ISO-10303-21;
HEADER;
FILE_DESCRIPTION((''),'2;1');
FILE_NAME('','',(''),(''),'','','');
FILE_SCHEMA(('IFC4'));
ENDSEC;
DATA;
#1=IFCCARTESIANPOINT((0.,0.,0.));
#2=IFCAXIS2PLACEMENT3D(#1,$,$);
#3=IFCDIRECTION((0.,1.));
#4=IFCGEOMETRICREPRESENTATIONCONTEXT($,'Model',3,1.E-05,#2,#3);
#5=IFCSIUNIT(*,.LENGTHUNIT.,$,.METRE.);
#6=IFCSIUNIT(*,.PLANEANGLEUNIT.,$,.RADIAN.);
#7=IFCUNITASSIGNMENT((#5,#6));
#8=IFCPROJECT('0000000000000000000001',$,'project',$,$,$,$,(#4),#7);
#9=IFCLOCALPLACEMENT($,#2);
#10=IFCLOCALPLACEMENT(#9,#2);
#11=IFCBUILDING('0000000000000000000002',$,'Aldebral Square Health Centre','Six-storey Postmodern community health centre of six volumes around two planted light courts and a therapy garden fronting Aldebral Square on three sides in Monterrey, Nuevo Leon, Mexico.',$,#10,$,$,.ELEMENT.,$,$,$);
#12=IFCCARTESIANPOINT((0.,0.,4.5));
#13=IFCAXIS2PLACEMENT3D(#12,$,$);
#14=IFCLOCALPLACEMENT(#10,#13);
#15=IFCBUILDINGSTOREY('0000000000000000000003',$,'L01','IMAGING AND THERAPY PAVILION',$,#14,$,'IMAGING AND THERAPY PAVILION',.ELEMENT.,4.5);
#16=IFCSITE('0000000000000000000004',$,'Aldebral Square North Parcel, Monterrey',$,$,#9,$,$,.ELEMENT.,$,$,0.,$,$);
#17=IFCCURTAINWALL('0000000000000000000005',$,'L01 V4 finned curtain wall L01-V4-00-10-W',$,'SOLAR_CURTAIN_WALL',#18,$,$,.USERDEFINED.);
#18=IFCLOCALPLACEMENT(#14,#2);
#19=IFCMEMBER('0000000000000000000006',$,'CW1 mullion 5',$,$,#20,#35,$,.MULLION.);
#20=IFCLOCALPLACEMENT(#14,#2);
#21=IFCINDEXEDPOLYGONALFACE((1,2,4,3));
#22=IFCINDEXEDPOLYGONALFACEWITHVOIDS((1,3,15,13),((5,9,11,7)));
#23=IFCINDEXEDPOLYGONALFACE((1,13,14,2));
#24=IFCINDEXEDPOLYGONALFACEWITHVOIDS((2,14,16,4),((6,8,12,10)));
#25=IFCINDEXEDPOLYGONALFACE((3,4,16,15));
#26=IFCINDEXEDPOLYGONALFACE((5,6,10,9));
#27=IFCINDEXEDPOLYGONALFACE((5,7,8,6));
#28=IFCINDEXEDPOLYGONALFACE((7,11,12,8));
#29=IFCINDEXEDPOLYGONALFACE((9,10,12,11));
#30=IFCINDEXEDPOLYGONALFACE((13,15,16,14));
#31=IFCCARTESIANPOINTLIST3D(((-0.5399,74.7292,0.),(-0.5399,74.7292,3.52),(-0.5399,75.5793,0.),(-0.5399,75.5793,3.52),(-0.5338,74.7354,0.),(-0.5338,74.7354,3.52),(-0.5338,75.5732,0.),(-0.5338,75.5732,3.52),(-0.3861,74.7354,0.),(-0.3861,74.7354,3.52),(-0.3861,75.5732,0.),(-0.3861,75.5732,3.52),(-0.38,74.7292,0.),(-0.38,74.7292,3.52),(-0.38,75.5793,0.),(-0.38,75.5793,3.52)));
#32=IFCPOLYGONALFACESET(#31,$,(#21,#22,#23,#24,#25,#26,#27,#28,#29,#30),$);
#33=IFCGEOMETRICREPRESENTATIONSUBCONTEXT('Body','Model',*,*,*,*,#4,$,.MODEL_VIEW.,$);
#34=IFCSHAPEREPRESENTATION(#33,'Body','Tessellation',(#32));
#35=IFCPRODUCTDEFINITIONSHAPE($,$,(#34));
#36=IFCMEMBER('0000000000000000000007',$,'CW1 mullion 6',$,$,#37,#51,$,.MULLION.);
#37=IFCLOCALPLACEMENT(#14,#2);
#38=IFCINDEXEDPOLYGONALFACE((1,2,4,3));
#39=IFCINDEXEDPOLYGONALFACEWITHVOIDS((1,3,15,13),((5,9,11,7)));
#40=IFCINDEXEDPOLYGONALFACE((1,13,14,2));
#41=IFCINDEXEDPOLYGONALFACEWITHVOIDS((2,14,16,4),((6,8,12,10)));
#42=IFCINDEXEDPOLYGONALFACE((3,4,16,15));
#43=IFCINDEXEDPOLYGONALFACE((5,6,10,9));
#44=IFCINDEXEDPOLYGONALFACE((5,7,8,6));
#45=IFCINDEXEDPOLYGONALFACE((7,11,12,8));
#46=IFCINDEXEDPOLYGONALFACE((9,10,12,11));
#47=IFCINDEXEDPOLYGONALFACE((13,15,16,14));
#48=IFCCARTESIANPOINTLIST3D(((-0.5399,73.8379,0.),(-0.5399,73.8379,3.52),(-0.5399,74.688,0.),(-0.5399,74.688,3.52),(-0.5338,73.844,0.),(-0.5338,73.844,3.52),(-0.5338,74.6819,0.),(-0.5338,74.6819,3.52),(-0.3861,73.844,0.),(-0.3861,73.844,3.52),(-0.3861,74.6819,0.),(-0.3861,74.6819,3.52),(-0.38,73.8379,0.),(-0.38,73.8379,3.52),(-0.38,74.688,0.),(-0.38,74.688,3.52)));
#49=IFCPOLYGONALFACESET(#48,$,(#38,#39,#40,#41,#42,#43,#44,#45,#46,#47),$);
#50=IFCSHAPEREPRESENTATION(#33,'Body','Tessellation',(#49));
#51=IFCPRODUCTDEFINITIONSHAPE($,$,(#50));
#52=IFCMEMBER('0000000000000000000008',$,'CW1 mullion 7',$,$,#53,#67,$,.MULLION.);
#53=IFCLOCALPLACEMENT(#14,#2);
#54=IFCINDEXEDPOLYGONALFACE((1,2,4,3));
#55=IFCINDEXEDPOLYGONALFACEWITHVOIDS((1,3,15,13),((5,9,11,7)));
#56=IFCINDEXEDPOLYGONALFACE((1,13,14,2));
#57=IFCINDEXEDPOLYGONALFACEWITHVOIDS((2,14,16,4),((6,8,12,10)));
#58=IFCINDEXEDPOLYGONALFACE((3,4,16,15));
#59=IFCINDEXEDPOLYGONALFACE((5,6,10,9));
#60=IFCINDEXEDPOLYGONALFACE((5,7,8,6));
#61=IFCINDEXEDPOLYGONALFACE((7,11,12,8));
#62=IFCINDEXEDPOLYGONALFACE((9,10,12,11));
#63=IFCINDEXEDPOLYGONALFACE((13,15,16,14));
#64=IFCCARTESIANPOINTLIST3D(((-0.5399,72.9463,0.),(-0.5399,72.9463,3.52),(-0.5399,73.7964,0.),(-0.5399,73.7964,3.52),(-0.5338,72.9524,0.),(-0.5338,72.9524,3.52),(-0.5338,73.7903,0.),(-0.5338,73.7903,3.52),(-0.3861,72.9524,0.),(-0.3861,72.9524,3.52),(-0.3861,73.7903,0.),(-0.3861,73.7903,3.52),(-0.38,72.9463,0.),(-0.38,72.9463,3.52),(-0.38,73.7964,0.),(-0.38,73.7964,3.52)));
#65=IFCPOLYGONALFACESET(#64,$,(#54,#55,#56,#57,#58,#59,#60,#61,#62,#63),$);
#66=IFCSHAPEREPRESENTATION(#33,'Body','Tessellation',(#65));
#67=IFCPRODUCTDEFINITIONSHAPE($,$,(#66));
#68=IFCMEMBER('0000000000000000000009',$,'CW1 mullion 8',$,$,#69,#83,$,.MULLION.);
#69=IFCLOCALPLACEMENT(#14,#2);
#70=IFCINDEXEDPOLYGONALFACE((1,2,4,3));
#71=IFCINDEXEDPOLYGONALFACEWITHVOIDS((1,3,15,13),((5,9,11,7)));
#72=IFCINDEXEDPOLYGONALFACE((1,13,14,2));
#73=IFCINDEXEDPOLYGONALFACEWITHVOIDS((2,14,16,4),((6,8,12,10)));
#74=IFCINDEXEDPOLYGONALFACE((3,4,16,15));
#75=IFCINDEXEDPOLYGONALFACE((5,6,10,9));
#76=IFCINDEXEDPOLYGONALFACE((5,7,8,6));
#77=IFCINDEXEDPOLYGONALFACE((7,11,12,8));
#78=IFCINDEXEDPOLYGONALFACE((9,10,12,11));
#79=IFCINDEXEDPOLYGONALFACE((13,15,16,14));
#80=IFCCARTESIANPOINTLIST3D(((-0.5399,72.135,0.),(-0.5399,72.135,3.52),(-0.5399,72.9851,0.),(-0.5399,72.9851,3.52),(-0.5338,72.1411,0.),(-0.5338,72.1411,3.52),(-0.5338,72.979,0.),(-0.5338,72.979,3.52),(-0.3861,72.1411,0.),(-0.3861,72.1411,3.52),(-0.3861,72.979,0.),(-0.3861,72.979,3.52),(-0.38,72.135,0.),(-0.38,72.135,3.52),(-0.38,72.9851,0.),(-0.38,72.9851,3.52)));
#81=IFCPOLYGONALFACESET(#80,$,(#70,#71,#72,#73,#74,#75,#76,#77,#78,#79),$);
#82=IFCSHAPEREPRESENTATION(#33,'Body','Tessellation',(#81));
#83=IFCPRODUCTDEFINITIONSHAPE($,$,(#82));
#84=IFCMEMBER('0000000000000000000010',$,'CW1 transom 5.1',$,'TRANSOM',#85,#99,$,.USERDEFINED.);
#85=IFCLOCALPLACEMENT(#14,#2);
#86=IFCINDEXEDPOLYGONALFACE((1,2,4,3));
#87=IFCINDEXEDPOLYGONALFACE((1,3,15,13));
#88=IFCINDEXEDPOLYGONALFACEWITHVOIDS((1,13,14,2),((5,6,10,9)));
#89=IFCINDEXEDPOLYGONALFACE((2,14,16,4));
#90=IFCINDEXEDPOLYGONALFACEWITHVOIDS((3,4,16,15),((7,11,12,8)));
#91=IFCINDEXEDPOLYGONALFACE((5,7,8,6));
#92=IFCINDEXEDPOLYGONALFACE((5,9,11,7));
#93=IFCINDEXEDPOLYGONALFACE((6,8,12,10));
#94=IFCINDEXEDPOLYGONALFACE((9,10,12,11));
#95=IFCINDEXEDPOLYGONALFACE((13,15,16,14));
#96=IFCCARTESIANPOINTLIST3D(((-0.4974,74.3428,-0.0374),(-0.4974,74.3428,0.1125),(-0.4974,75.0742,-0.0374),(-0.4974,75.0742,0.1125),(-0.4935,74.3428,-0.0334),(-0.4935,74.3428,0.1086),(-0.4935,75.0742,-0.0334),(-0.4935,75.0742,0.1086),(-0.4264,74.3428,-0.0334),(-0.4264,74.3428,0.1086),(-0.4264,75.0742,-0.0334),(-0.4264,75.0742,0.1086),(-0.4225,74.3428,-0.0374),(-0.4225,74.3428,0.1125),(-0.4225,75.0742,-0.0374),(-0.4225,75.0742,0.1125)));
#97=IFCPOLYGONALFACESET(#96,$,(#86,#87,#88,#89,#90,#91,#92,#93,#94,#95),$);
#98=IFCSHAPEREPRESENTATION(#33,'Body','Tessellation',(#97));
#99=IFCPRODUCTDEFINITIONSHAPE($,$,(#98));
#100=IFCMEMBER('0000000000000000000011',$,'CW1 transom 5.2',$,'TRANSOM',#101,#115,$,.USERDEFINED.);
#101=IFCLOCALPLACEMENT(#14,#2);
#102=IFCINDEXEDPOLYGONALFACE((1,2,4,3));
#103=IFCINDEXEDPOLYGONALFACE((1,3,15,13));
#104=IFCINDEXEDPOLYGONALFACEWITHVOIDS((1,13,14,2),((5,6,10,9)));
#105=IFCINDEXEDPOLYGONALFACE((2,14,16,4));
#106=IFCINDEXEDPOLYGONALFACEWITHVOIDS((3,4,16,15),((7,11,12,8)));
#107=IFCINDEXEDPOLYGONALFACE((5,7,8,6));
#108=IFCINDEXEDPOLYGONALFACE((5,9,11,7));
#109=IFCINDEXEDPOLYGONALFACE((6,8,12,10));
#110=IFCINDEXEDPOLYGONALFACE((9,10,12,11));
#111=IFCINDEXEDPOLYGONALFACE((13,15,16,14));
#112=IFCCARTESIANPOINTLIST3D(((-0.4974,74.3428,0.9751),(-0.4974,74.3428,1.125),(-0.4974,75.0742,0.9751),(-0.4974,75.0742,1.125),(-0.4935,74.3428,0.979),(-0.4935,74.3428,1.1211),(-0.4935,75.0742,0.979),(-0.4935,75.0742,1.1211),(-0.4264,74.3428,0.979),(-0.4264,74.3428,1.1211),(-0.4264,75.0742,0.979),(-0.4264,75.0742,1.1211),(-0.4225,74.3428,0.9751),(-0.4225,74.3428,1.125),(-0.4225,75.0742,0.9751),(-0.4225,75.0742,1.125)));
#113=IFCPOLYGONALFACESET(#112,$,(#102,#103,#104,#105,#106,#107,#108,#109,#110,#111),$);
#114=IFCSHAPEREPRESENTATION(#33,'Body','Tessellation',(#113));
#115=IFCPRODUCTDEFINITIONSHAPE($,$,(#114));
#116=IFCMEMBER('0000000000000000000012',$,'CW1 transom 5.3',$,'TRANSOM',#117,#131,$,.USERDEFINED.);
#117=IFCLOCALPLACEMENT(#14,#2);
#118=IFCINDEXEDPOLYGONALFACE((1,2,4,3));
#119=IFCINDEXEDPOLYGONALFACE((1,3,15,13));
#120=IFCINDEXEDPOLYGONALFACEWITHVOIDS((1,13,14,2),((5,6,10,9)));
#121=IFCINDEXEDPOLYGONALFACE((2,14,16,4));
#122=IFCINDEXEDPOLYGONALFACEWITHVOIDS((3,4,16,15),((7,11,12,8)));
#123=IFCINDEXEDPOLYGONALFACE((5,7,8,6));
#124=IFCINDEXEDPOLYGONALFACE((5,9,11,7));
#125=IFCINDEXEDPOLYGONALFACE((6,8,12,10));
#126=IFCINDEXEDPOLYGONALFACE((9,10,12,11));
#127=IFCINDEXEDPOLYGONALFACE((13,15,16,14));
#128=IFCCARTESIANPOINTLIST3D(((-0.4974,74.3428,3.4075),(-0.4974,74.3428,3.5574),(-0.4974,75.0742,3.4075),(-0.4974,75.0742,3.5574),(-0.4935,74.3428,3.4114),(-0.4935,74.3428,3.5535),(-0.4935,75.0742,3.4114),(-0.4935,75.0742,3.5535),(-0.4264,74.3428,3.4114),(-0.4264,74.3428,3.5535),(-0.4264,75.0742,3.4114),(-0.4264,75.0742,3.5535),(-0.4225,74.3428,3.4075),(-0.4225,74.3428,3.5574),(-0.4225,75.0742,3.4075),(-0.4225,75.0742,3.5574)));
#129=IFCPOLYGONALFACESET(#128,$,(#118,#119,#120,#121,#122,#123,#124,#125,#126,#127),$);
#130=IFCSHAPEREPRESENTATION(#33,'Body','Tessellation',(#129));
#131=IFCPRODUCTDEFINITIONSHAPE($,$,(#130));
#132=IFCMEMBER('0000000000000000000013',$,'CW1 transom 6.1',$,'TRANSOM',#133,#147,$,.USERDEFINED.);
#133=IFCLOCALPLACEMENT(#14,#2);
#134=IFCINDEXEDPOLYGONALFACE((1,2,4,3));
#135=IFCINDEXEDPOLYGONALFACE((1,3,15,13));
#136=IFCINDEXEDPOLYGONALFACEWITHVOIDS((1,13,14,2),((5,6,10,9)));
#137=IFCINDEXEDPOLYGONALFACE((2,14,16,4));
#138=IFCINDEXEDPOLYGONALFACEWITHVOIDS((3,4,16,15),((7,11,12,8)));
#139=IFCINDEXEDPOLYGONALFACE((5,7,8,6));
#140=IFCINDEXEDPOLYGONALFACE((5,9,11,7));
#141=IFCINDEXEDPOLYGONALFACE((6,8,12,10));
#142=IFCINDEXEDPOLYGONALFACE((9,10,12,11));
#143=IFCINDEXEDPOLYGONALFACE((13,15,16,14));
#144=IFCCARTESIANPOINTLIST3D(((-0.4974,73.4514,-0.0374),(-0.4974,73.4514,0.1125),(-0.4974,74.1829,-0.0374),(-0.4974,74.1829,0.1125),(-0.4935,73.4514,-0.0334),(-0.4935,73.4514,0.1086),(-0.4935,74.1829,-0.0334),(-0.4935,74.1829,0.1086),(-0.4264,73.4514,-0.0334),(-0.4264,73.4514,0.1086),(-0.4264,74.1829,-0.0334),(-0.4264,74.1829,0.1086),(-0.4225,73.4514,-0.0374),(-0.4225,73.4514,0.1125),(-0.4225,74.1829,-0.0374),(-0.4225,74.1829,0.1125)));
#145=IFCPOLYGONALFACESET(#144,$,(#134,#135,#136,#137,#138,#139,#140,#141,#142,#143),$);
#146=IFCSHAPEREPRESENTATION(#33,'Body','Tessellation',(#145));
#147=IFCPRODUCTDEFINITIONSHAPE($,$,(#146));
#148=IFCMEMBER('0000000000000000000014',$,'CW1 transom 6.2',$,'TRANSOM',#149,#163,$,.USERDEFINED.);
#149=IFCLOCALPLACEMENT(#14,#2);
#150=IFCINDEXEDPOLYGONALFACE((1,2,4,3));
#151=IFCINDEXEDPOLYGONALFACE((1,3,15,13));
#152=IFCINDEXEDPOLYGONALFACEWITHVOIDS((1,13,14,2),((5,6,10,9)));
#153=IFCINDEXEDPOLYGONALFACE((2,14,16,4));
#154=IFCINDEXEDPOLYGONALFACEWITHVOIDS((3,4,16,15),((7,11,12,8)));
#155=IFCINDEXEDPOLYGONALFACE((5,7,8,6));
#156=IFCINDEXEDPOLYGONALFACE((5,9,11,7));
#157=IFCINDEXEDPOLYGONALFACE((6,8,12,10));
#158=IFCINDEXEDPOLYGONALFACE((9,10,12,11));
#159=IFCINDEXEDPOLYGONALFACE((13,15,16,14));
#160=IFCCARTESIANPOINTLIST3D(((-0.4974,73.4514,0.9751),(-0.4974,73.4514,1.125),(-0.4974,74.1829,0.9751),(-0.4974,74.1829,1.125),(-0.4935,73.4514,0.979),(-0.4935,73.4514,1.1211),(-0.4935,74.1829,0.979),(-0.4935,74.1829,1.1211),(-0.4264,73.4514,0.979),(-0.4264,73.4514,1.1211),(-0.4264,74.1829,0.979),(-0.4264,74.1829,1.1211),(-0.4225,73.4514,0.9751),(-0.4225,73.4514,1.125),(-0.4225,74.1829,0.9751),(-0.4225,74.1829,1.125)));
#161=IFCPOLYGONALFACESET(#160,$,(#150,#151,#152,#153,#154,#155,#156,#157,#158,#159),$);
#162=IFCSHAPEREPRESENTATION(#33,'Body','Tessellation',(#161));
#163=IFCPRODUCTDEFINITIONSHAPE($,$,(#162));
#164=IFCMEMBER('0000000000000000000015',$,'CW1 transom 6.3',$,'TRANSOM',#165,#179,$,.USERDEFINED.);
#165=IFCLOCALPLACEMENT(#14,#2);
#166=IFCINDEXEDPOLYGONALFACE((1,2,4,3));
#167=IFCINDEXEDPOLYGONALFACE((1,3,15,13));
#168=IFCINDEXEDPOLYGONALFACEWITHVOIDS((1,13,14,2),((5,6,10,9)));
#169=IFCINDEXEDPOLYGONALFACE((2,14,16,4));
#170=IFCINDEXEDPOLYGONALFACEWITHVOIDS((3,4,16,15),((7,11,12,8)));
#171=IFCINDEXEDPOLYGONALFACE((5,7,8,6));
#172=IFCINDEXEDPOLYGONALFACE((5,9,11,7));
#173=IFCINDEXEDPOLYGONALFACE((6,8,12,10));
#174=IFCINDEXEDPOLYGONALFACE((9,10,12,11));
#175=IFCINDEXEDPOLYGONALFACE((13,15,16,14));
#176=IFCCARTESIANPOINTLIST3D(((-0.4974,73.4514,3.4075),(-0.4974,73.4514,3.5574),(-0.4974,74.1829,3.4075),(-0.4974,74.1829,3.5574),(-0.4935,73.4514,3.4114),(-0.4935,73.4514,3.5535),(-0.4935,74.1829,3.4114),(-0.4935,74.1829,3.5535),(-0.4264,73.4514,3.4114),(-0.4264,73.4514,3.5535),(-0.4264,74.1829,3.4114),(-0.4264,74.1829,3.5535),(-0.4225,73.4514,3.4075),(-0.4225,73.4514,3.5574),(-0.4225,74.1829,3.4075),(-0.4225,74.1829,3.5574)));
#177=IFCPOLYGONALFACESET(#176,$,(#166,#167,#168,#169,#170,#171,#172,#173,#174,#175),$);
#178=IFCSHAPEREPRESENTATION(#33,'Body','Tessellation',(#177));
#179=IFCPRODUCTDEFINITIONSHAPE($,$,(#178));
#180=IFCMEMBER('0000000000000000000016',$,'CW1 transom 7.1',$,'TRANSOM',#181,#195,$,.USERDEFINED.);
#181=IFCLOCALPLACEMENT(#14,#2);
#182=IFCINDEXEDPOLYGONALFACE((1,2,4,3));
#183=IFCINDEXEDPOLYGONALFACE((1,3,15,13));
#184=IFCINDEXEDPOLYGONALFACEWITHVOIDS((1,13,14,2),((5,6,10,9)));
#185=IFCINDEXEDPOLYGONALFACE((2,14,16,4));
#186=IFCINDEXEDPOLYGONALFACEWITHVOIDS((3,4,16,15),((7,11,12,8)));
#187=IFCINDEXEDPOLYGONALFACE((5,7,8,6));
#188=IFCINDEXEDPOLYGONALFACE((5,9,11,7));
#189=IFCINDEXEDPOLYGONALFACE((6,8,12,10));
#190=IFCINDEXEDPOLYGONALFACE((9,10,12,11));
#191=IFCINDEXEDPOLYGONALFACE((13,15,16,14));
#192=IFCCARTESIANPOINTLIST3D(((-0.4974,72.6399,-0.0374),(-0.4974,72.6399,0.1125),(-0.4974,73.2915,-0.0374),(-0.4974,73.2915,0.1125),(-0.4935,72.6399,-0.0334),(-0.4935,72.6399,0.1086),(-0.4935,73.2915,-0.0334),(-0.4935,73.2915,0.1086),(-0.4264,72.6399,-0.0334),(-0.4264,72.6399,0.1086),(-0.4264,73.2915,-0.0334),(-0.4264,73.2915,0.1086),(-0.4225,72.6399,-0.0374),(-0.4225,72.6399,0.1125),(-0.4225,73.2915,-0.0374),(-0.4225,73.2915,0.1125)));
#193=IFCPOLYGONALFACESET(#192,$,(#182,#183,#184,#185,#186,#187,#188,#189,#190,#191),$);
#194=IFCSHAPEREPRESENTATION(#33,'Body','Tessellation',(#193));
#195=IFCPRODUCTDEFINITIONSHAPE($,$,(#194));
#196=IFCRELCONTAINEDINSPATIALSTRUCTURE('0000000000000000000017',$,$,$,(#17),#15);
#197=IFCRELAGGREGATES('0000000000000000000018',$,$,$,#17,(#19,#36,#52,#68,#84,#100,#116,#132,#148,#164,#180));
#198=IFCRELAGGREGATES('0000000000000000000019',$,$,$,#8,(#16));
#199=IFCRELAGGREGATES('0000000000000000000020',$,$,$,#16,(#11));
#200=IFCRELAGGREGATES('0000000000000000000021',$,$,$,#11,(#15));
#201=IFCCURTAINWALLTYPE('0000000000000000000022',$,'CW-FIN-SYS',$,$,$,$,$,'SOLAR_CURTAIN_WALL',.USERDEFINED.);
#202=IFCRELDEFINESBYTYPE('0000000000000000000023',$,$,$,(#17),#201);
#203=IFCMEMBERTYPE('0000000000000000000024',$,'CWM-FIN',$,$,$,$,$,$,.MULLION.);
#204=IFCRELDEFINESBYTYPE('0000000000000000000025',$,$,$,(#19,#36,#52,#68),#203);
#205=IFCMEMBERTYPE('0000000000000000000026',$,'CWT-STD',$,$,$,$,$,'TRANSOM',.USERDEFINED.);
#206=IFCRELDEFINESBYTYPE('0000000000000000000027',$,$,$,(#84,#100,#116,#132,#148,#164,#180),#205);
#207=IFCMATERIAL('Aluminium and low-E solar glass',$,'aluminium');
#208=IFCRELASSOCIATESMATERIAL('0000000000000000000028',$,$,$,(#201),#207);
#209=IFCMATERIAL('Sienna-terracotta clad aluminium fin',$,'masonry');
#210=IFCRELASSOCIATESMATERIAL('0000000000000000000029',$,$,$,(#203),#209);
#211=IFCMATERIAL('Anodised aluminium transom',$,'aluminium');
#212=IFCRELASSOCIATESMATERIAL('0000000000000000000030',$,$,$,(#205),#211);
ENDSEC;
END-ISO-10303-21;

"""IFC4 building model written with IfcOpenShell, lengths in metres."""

from ifc_helpers import new_model, si_unit, direction, frame, origin, origin_2d, place, context, subcontext, project, spatial, hollow_rectangle, extrude, material, material_profile, profile_set, type_object, element, aggregate, save


model = new_model("IFC4")

# Units and contexts
model_context = context("Model", 3, precision=1e-05, world=origin(), true_north=direction((0.0, 1.0)))
body_context = subcontext(model_context, "Body", "Model", "MODEL_VIEW")
ifc_project = project(units=[si_unit("LENGTHUNIT", "METRE"), si_unit("PLANEANGLEUNIT", "RADIAN")], contexts=[model_context])

# Site, building, storey
site_placement = place(None, origin())
site = spatial("IfcSite", under=ifc_project, at=site_placement, Name="Aldebral Square North Parcel, Monterrey", CompositionType="ELEMENT", RefElevation=0.0)
building_placement = place(site_placement, origin())
building = spatial("IfcBuilding", under=site, at=building_placement, Name="Aldebral Square Health Centre", Description="Six-storey Postmodern community health centre of six volumes around two planted light courts and a therapy garden fronting Aldebral Square on three sides in Monterrey, Nuevo Leon, Mexico.", CompositionType="ELEMENT")
storey_placement = place(building_placement, frame((0.0, 0.0, 4.5)))
storey = spatial("IfcBuildingStorey", under=building, at=storey_placement, Name="L01", Description="IMAGING AND THERAPY PAVILION", LongName="IMAGING AND THERAPY PAVILION", CompositionType="ELEMENT", Elevation=4.5)

# Curtain wall, members
ifc_material_1 = material(Name="Aluminium and low-E solar glass", Category="aluminium")
curtain_wall_type = type_object("IfcCurtainWallType", Name="CW-FIN-SYS", ElementType="SOLAR_CURTAIN_WALL", PredefinedType="USERDEFINED", material=ifc_material_1)
curtain_wall_placement = place(storey_placement, origin())
curtain_wall = element("IfcCurtainWall", 1, at=curtain_wall_placement, inside=storey, type_object=curtain_wall_type, Name="L01 V4 finned curtain wall L01-V4-00-10-W", ObjectType="SOLAR_CURTAIN_WALL", PredefinedType="USERDEFINED")
ifc_material_2 = material(Name="Sienna-terracotta clad aluminium fin", Category="masonry")
ifc_material_profile_1 = material_profile(ifc_material_2, hollow_rectangle(XDim=0.1599, YDim=0.8501, WallThickness=0.0061, at=origin_2d()), Name="FIN 160x850x6")
ifc_profile_set_1 = profile_set([ifc_material_profile_1], Name="Sienna-terracotta clad aluminium fin")
member_type_1 = type_object("IfcMemberType", Name="CWM-FIN", PredefinedType="MULLION", material=ifc_profile_set_1)
member_1_placement = place(storey_placement, frame((-0.46, 75.1543, 0.0), z_axis=(0.0, 0.0, 1.0), x_axis=(1.0, 0.0, 0.0)))
member_1 = element("IfcMember", 2, at=member_1_placement, type_object=member_type_1, Name="CW1 mullion 5", PredefinedType="MULLION", context=body_context, shape_type="SweptSolid", body=[
    extrude(hollow_rectangle(XDim=0.1599, YDim=0.8501, WallThickness=0.0061, at=origin_2d()), origin(), (0.0, 0.0, 1.0), 3.52),
])
member_2_placement = place(storey_placement, frame((-0.46, 74.2629, 0.0), z_axis=(0.0, 0.0, 1.0), x_axis=(1.0, 0.0, 0.0)))
member_2 = element("IfcMember", 3, at=member_2_placement, type_object=member_type_1, Name="CW1 mullion 6", PredefinedType="MULLION", context=body_context, shape_type="SweptSolid", body=[
    extrude(hollow_rectangle(XDim=0.1599, YDim=0.8501, WallThickness=0.0061, at=origin_2d()), origin(), (0.0, 0.0, 1.0), 3.52),
])
member_3_placement = place(storey_placement, frame((-0.46, 73.3713, 0.0), z_axis=(0.0, 0.0, 1.0), x_axis=(1.0, 0.0, 0.0)))
member_3 = element("IfcMember", 4, at=member_3_placement, type_object=member_type_1, Name="CW1 mullion 7", PredefinedType="MULLION", context=body_context, shape_type="SweptSolid", body=[
    extrude(hollow_rectangle(XDim=0.1599, YDim=0.8501, WallThickness=0.0061, at=origin_2d()), origin(), (0.0, 0.0, 1.0), 3.52),
])
member_4_placement = place(storey_placement, frame((-0.46, 72.5601, 0.0), z_axis=(0.0, 0.0, 1.0), x_axis=(1.0, 0.0, 0.0)))
member_4 = element("IfcMember", 5, at=member_4_placement, type_object=member_type_1, Name="CW1 mullion 8", PredefinedType="MULLION", context=body_context, shape_type="SweptSolid", body=[
    extrude(hollow_rectangle(XDim=0.1599, YDim=0.8501, WallThickness=0.0061, at=origin_2d()), origin(), (0.0, 0.0, 1.0), 3.52),
])
ifc_material_3 = material(Name="Anodised aluminium transom", Category="aluminium")
ifc_material_profile_2 = material_profile(ifc_material_3, hollow_rectangle(XDim=0.075, YDim=0.1499, WallThickness=0.0039, at=origin_2d()), Name="CWT 75x150x4")
ifc_profile_set_2 = profile_set([ifc_material_profile_2], Name="Anodised aluminium transom")
member_type_2 = type_object("IfcMemberType", Name="CWT-STD", ElementType="TRANSOM", PredefinedType="USERDEFINED", material=ifc_profile_set_2)
member_5_placement = place(storey_placement, frame((-0.46, 75.0742, 0.0376), z_axis=(0.0, -1.0, 0.0), x_axis=(1.0, 0.0, 0.0)))
member_5 = element("IfcMember", 6, at=member_5_placement, type_object=member_type_2, Name="CW1 transom 5.1", ObjectType="TRANSOM", PredefinedType="USERDEFINED", context=body_context, shape_type="SweptSolid", body=[
    extrude(hollow_rectangle(XDim=0.075, YDim=0.1499, WallThickness=0.0039, at=origin_2d()), origin(), (0.0, 0.0, 1.0), 0.7314),
])
member_6_placement = place(storey_placement, frame((-0.46, 75.0742, 1.05), z_axis=(0.0, -1.0, 0.0), x_axis=(1.0, 0.0, 0.0)))
member_6 = element("IfcMember", 7, at=member_6_placement, type_object=member_type_2, Name="CW1 transom 5.2", ObjectType="TRANSOM", PredefinedType="USERDEFINED", context=body_context, shape_type="SweptSolid", body=[
    extrude(hollow_rectangle(XDim=0.075, YDim=0.1499, WallThickness=0.0039, at=origin_2d()), origin(), (0.0, 0.0, 1.0), 0.7314),
])
member_7_placement = place(storey_placement, frame((-0.46, 75.0742, 3.4824), z_axis=(0.0, -1.0, 0.0), x_axis=(1.0, 0.0, 0.0)))
member_7 = element("IfcMember", 8, at=member_7_placement, type_object=member_type_2, Name="CW1 transom 5.3", ObjectType="TRANSOM", PredefinedType="USERDEFINED", context=body_context, shape_type="SweptSolid", body=[
    extrude(hollow_rectangle(XDim=0.075, YDim=0.1499, WallThickness=0.0039, at=origin_2d()), origin(), (0.0, 0.0, 1.0), 0.7314),
])
member_8_placement = place(storey_placement, frame((-0.46, 74.1829, 0.0376), z_axis=(0.0, -1.0, 0.0), x_axis=(1.0, 0.0, 0.0)))
member_8 = element("IfcMember", 9, at=member_8_placement, type_object=member_type_2, Name="CW1 transom 6.1", ObjectType="TRANSOM", PredefinedType="USERDEFINED", context=body_context, shape_type="SweptSolid", body=[
    extrude(hollow_rectangle(XDim=0.075, YDim=0.1499, WallThickness=0.0039, at=origin_2d()), origin(), (0.0, 0.0, 1.0), 0.7314),
])
member_9_placement = place(storey_placement, frame((-0.46, 74.1829, 1.05), z_axis=(0.0, -1.0, 0.0), x_axis=(1.0, 0.0, 0.0)))
member_9 = element("IfcMember", 10, at=member_9_placement, type_object=member_type_2, Name="CW1 transom 6.2", ObjectType="TRANSOM", PredefinedType="USERDEFINED", context=body_context, shape_type="SweptSolid", body=[
    extrude(hollow_rectangle(XDim=0.075, YDim=0.1499, WallThickness=0.0039, at=origin_2d()), origin(), (0.0, 0.0, 1.0), 0.7314),
])
member_10_placement = place(storey_placement, frame((-0.46, 74.1829, 3.4824), z_axis=(0.0, -1.0, 0.0), x_axis=(1.0, 0.0, 0.0)))
member_10 = element("IfcMember", 11, at=member_10_placement, type_object=member_type_2, Name="CW1 transom 6.3", ObjectType="TRANSOM", PredefinedType="USERDEFINED", context=body_context, shape_type="SweptSolid", body=[
    extrude(hollow_rectangle(XDim=0.075, YDim=0.1499, WallThickness=0.0039, at=origin_2d()), origin(), (0.0, 0.0, 1.0), 0.7314),
])
member_11_placement = place(storey_placement, frame((-0.46, 73.2915, 0.0376), z_axis=(0.0, -1.0, 0.0), x_axis=(1.0, 0.0, 0.0)))
member_11 = element("IfcMember", 12, at=member_11_placement, type_object=member_type_2, Name="CW1 transom 7.1", ObjectType="TRANSOM", PredefinedType="USERDEFINED", context=body_context, shape_type="SweptSolid", body=[
    extrude(hollow_rectangle(XDim=0.075, YDim=0.1499, WallThickness=0.0039, at=origin_2d()), origin(), (0.0, 0.0, 1.0), 0.6516),
])
aggregate(curtain_wall, [member_1, member_2, member_3, member_4, member_5, member_6, member_7, member_8, member_9, member_10, member_11])

save(model, "model.ifc")
